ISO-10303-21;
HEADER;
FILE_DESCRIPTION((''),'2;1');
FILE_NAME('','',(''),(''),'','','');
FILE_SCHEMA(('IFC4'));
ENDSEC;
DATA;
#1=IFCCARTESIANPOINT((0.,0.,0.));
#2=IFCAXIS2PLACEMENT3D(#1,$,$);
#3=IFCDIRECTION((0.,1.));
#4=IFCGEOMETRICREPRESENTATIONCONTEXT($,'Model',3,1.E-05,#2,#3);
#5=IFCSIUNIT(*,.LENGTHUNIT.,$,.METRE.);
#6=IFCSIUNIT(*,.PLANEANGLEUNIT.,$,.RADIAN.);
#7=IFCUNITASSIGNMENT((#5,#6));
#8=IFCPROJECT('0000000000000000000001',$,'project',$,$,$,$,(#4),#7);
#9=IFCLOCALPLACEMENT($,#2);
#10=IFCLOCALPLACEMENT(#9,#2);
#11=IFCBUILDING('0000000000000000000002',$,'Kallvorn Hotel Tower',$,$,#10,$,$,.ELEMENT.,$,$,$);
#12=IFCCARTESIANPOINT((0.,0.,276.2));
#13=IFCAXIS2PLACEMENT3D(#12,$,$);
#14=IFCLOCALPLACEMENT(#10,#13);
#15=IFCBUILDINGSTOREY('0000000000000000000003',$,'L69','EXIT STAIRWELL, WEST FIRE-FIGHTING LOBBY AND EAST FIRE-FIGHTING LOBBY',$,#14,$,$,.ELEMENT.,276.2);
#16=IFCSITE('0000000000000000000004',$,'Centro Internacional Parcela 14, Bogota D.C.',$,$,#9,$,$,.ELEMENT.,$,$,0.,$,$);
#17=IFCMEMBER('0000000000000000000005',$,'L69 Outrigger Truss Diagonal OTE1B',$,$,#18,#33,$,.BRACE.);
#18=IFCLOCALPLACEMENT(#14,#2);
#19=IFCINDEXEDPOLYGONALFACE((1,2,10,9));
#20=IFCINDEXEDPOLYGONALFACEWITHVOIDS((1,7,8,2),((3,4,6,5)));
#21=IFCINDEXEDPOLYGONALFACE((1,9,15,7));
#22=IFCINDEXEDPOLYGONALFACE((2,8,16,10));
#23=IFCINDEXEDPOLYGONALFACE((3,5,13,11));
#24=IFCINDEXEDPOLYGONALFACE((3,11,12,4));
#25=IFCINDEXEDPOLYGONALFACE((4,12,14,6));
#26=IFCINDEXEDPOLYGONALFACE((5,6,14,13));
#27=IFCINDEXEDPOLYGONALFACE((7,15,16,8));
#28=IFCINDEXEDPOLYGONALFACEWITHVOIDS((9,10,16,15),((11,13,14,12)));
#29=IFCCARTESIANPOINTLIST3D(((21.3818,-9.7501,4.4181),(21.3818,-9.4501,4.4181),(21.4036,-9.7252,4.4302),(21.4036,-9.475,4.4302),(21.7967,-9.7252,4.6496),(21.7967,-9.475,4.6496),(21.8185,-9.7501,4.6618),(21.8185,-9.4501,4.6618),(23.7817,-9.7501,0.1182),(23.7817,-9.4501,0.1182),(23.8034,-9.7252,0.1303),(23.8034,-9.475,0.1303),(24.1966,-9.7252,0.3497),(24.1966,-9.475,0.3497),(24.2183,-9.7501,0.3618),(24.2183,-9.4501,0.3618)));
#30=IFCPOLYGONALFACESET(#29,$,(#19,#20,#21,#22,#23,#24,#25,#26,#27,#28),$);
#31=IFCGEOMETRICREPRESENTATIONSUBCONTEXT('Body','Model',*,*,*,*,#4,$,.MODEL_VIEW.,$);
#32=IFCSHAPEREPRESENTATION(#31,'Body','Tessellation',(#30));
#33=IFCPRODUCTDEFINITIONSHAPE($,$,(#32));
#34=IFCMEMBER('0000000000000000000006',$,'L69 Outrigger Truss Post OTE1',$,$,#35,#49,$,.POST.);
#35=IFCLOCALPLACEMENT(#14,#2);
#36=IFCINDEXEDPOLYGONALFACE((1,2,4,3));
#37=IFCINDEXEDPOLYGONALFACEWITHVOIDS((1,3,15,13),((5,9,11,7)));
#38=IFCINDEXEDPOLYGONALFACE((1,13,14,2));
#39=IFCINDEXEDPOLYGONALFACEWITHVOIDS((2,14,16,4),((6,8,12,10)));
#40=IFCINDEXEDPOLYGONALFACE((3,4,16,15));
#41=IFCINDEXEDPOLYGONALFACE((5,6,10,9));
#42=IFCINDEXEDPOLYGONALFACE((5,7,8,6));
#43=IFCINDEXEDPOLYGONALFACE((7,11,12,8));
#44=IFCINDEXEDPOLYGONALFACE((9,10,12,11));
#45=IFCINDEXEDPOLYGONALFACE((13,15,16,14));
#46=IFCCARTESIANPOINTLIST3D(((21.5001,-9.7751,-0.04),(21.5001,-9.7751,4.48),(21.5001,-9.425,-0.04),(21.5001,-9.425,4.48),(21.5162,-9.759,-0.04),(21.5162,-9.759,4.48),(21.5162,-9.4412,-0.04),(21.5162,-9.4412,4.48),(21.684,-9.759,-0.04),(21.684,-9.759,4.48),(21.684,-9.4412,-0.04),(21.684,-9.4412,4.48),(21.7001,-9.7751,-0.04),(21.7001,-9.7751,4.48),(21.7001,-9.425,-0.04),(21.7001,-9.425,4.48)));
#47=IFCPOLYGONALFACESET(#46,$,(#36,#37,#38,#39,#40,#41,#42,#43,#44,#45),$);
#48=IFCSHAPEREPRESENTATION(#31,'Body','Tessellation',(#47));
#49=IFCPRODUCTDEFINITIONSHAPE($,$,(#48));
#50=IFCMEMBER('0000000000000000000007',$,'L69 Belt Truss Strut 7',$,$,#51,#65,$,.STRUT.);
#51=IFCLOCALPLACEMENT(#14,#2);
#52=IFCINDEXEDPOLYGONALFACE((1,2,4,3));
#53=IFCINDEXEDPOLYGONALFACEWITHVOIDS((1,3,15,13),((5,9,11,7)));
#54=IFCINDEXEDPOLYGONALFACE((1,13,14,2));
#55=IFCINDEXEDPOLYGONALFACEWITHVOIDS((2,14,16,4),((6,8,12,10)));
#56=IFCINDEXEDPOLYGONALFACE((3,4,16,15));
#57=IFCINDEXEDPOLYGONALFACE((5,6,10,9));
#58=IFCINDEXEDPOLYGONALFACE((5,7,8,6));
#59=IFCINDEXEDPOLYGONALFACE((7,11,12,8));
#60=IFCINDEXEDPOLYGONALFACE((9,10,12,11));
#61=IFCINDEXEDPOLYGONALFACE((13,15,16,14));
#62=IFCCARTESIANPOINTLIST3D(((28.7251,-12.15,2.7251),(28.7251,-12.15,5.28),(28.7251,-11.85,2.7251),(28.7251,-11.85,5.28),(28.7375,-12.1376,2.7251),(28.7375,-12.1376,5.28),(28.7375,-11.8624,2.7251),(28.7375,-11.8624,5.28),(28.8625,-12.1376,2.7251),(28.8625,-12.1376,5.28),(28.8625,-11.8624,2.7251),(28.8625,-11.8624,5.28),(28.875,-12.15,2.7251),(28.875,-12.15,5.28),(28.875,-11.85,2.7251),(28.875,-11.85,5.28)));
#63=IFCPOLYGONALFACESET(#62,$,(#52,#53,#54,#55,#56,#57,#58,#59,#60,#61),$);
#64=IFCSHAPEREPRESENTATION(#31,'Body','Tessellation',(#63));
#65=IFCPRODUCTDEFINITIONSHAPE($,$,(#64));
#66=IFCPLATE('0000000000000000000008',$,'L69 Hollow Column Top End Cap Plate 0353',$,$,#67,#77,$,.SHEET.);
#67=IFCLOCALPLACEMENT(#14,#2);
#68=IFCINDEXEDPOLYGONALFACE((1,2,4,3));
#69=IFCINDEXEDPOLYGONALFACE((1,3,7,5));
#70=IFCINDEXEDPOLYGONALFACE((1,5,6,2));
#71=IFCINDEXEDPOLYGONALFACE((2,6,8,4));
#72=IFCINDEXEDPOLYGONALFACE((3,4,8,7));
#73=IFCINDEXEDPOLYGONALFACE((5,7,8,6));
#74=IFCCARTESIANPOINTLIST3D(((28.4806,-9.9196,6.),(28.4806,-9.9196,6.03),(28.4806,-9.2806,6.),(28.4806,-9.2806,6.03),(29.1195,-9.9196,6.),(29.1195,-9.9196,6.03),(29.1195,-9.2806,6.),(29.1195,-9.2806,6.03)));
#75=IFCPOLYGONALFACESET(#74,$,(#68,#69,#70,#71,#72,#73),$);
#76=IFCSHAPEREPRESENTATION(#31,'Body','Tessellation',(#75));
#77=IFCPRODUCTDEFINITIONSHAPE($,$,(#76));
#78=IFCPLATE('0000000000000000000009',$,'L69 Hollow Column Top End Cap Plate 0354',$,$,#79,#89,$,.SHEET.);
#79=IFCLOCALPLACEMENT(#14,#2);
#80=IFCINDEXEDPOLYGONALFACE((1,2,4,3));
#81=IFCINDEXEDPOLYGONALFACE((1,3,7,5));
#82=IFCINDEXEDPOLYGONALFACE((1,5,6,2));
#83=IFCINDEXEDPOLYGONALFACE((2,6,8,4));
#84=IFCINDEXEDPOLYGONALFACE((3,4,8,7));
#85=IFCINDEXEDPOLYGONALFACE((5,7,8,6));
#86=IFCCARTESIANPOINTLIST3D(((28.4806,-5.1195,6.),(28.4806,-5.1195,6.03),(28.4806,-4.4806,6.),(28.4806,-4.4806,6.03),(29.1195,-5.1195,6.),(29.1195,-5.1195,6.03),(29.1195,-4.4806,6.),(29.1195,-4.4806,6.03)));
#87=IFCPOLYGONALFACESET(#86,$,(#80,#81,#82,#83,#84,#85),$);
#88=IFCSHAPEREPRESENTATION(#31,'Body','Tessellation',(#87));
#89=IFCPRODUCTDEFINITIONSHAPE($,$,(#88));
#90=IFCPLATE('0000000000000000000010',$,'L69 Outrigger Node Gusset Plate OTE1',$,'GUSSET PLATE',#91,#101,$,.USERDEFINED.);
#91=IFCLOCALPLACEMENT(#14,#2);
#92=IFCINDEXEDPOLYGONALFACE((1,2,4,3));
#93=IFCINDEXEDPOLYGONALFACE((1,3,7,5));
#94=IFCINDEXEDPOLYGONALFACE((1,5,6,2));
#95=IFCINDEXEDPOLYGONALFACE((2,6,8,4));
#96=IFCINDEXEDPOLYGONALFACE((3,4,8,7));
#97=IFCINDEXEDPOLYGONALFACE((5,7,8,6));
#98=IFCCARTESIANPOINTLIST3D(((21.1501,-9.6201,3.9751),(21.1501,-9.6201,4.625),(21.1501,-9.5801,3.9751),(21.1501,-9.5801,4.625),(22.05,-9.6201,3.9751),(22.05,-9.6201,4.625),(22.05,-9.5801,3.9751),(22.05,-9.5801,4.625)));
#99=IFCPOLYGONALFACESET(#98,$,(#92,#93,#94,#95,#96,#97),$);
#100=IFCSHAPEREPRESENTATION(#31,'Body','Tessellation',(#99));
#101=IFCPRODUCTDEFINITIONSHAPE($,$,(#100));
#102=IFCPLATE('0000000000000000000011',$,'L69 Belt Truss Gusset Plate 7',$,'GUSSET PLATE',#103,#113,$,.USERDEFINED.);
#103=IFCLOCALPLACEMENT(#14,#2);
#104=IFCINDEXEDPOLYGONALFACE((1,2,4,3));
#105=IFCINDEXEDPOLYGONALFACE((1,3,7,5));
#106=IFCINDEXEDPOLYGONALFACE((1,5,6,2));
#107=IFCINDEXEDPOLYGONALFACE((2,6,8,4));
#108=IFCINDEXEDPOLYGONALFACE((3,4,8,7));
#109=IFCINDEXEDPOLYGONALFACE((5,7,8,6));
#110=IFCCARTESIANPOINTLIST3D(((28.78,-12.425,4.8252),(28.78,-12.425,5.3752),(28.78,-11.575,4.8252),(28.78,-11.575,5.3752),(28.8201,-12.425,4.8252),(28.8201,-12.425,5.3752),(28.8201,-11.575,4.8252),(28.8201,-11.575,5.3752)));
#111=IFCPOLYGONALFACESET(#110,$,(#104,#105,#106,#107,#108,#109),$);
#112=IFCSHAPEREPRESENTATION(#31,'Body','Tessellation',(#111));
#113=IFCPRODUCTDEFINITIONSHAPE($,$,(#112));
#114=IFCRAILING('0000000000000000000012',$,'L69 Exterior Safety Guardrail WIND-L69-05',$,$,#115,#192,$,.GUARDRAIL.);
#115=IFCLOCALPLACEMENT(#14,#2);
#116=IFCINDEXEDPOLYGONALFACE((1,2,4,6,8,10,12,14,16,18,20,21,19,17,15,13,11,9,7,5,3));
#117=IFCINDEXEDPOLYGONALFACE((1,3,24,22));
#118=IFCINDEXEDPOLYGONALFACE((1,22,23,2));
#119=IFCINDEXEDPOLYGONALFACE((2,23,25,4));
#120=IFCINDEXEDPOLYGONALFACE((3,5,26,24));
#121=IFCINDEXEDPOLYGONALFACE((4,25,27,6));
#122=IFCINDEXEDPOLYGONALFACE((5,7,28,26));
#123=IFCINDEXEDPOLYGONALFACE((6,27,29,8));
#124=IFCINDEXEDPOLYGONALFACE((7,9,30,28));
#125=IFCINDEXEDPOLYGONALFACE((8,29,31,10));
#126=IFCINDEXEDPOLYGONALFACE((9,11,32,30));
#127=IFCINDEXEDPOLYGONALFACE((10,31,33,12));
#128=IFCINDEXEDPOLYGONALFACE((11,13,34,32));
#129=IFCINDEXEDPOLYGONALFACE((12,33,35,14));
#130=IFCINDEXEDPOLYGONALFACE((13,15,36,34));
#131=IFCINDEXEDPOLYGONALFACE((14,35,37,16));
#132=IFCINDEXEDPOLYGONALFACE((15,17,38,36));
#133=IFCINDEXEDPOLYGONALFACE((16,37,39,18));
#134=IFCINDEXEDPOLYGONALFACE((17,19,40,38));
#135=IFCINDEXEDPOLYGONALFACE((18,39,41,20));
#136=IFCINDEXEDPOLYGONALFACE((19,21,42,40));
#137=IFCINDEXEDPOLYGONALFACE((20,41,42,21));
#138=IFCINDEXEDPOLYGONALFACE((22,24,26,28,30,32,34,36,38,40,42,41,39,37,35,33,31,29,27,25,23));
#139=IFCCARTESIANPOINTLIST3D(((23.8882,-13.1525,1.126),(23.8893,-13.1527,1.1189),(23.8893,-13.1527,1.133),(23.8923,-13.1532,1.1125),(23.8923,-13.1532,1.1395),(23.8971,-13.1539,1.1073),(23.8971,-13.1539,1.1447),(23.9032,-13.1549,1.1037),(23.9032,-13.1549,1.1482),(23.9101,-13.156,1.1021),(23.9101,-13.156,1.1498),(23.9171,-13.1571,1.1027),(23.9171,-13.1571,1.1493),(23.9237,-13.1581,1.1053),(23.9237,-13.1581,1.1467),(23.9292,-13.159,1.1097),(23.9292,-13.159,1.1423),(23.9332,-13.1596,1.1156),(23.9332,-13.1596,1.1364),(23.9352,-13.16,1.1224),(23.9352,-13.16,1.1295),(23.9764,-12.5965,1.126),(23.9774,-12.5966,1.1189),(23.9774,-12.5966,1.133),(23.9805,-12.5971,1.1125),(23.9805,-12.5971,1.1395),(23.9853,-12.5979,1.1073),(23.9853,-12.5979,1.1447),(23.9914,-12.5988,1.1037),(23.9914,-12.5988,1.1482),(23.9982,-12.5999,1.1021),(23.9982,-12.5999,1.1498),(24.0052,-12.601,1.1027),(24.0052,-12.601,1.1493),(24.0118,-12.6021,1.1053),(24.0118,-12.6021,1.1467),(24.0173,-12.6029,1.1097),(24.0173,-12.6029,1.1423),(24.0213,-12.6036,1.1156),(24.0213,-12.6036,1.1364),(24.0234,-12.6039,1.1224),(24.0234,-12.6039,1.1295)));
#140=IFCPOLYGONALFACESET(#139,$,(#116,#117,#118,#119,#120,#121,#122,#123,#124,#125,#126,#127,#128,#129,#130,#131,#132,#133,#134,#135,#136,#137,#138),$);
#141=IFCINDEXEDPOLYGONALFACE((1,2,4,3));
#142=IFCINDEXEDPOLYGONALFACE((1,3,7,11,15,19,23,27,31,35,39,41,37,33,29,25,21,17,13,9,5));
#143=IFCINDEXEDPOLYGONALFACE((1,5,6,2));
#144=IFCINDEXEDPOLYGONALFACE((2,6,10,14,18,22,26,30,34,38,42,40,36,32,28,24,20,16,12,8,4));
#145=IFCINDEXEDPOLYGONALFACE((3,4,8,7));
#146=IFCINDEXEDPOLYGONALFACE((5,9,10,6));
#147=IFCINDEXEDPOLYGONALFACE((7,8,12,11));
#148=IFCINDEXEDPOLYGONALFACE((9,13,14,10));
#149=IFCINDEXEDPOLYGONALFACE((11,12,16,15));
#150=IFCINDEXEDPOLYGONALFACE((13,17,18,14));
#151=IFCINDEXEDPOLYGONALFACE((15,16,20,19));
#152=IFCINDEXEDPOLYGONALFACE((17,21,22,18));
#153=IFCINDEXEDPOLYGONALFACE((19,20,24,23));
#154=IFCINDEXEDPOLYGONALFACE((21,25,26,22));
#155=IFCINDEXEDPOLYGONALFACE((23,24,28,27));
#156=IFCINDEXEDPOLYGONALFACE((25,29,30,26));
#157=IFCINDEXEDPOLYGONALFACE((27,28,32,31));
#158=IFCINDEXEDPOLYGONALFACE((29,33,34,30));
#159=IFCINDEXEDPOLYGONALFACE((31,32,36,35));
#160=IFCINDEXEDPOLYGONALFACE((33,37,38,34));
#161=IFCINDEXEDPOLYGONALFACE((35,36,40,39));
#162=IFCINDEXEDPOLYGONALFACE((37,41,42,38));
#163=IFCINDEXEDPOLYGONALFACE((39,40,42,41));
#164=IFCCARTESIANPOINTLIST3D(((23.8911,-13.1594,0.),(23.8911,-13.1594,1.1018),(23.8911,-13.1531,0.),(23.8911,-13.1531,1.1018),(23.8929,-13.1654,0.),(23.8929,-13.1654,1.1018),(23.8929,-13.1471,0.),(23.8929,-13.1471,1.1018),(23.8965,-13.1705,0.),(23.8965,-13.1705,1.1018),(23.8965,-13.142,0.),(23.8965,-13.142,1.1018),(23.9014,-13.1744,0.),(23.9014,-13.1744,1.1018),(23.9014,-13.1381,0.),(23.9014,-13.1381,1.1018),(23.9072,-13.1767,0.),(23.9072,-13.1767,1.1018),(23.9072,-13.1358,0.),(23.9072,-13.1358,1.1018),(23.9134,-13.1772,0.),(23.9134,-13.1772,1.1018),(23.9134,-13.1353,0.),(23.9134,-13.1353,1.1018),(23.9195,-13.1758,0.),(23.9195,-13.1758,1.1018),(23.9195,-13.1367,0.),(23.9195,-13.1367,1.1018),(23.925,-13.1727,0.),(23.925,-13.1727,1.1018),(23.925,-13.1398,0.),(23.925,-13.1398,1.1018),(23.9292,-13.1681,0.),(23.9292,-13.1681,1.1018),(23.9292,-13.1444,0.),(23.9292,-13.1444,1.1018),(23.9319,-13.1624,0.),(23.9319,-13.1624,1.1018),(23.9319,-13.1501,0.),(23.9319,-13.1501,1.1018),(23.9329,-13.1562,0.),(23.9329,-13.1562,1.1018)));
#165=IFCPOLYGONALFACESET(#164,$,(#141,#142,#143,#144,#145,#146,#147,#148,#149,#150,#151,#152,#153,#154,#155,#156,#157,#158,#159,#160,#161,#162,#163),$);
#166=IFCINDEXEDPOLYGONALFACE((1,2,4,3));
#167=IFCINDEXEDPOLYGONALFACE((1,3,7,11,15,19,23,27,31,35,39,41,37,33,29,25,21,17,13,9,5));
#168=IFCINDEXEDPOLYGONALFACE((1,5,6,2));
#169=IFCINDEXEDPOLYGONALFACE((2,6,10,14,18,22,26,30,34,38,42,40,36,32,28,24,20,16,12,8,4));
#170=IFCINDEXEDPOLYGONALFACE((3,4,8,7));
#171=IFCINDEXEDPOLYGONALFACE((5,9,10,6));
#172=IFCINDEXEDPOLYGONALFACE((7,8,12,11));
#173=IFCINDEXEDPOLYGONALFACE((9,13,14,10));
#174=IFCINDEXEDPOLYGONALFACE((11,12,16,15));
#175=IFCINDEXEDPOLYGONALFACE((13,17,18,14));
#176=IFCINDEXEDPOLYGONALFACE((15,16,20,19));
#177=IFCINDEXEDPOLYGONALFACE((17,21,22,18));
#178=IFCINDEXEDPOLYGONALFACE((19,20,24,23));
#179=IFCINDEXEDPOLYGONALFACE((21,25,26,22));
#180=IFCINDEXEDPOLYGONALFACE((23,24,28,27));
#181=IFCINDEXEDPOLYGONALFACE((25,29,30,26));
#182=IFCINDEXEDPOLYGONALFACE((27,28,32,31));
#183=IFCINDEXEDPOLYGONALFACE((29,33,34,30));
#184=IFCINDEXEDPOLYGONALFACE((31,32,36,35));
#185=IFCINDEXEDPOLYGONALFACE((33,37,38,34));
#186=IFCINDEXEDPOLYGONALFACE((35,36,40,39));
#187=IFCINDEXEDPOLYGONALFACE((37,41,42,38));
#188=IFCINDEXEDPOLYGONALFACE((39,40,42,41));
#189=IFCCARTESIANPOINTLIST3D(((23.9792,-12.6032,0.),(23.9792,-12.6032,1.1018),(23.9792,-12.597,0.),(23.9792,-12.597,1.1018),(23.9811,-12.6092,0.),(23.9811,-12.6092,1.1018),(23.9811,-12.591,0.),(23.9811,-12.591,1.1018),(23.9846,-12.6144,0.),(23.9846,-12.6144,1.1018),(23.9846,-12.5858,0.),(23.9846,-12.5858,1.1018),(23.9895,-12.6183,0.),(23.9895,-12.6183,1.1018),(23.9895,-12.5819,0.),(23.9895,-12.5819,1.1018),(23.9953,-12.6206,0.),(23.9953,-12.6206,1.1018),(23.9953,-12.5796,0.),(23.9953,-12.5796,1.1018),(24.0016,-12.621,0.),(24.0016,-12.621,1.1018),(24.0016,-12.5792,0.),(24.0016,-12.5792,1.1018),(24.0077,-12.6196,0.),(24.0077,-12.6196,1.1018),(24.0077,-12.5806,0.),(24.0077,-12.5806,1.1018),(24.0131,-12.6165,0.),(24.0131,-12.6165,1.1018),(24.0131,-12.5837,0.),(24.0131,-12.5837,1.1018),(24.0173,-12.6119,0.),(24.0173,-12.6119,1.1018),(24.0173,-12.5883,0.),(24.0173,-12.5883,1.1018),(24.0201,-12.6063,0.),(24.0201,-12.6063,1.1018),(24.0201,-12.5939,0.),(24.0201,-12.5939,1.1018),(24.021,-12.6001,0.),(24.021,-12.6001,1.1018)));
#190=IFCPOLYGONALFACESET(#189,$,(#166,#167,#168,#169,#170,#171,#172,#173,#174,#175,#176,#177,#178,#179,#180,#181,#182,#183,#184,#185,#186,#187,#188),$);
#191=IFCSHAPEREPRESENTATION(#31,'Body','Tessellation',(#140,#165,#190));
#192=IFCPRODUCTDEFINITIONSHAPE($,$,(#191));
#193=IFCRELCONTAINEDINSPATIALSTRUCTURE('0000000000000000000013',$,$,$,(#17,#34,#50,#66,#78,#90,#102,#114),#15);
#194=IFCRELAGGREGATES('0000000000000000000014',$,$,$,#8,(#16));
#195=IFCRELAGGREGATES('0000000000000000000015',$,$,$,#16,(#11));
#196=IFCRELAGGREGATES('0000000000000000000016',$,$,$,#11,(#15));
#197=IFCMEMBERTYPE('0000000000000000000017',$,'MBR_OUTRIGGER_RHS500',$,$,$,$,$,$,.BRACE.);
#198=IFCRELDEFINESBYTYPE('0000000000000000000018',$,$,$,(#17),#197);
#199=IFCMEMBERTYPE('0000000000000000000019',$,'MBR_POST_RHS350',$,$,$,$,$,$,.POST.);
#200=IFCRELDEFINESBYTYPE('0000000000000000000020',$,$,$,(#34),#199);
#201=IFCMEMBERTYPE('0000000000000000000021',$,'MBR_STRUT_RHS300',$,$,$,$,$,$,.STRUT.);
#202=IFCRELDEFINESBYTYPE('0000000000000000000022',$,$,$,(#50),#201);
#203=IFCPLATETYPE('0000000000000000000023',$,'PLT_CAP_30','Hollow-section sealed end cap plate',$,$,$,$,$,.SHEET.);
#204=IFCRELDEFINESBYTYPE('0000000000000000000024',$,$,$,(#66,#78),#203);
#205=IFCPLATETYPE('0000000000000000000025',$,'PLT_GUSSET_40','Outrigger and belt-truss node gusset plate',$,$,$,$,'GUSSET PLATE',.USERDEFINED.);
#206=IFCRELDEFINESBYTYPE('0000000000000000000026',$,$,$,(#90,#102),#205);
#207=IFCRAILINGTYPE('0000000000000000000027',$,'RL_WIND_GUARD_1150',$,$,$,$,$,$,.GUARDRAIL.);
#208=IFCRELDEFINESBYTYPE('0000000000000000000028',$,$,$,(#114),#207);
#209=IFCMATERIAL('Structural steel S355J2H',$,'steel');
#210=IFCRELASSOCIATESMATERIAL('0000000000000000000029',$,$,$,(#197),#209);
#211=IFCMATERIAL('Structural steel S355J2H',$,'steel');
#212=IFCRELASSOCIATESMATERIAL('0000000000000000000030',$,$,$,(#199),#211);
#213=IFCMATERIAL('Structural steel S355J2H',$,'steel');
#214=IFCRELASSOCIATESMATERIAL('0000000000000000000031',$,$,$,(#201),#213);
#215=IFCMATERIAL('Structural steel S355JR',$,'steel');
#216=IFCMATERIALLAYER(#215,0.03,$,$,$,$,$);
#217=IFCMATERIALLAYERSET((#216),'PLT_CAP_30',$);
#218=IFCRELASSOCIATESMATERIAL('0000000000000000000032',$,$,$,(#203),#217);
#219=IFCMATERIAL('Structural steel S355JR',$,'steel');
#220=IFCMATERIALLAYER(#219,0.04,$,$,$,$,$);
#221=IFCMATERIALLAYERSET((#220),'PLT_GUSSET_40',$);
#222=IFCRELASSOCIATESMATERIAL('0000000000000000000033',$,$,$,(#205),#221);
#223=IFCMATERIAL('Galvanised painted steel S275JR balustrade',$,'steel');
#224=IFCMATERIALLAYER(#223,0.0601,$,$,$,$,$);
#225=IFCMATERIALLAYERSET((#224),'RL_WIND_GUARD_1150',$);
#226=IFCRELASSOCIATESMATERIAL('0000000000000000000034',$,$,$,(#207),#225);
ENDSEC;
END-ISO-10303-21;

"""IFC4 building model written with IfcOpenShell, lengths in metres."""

from ifc_helpers import new_model, si_unit, direction, frame, origin, origin_2d, place, context, subcontext, project, spatial, rectangle, hollow_rectangle, circle, extrude, material, layer, layer_set, material_profile, profile_set, type_object, element, save


model = new_model("IFC4")

# Units and contexts
model_context = context("Model", 3, precision=1e-05, world=origin(), true_north=direction((0.0, 1.0)))
body_context = subcontext(model_context, "Body", "Model", "MODEL_VIEW")
ifc_project = project(units=[si_unit("LENGTHUNIT", "METRE"), si_unit("PLANEANGLEUNIT", "RADIAN")], contexts=[model_context])

# Site, building, storey
site_placement = place(None, origin())
site = spatial("IfcSite", under=ifc_project, at=site_placement, Name="Centro Internacional Parcela 14, Bogota D.C.", CompositionType="ELEMENT", RefElevation=0.0)
building_placement = place(site_placement, origin())
building = spatial("IfcBuilding", under=site, at=building_placement, Name="Kallvorn Hotel Tower", CompositionType="ELEMENT")
storey_placement = place(building_placement, frame((0.0, 0.0, 276.2)))
storey = spatial("IfcBuildingStorey", under=building, at=storey_placement, Name="L69", Description="EXIT STAIRWELL, WEST FIRE-FIGHTING LOBBY AND EAST FIRE-FIGHTING LOBBY", CompositionType="ELEMENT", Elevation=276.2)

# Members
ifc_material_1 = material(Name="Structural steel S355J2H", Category="steel")
ifc_material_profile_1 = material_profile(ifc_material_1, hollow_rectangle(XDim=0.3, YDim=0.5, WallThickness=0.0249, at=origin_2d()), Name="RHS 500x300x25")
ifc_profile_set_1 = profile_set([ifc_material_profile_1], Name="Structural steel S355J2H")
member_type_1 = type_object("IfcMemberType", Name="MBR_OUTRIGGER_RHS500", PredefinedType="BRACE", material=ifc_profile_set_1)
member_1_placement = place(storey_placement, frame((24.0, -9.6001, 0.24), z_axis=(-0.487347, 0.0, 0.873208), x_axis=(0.0, -1.0, 0.0)))
element("IfcMember", 1, at=member_1_placement, inside=storey, type_object=member_type_1, Name="L69 Outrigger Truss Diagonal OTE1B", PredefinedType="BRACE", context=body_context, shape_type="SweptSolid", body=[
    extrude(hollow_rectangle(XDim=0.3, YDim=0.5, WallThickness=0.0249, at=origin_2d()), origin(), (0.0, 0.0, 1.0), 4.9243),
])
ifc_material_2 = material(Name="Structural steel S355J2H", Category="steel")
ifc_material_profile_2 = material_profile(ifc_material_2, hollow_rectangle(XDim=0.2, YDim=0.3501, WallThickness=0.0161, at=origin_2d()), Name="RHS 350x200x16")
ifc_profile_set_2 = profile_set([ifc_material_profile_2], Name="Structural steel S355J2H")
member_type_2 = type_object("IfcMemberType", Name="MBR_POST_RHS350", PredefinedType="POST", material=ifc_profile_set_2)
member_2_placement = place(storey_placement, frame((21.6001, -9.6001, -0.04), z_axis=(0.0, 0.0, 1.0), x_axis=(1.0, 0.0, 0.0)))
element("IfcMember", 2, at=member_2_placement, inside=storey, type_object=member_type_2, Name="L69 Outrigger Truss Post OTE1", PredefinedType="POST", context=body_context, shape_type="SweptSolid", body=[
    extrude(hollow_rectangle(XDim=0.2, YDim=0.3501, WallThickness=0.0161, at=origin_2d()), origin(), (0.0, 0.0, 1.0), 4.52),
])
ifc_material_3 = material(Name="Structural steel S355J2H", Category="steel")
ifc_material_profile_3 = material_profile(ifc_material_3, hollow_rectangle(XDim=0.1499, YDim=0.3, WallThickness=0.0125, at=origin_2d()), Name="RHS 300x150x12.5")
ifc_profile_set_3 = profile_set([ifc_material_profile_3], Name="Structural steel S355J2H")
member_type_3 = type_object("IfcMemberType", Name="MBR_STRUT_RHS300", PredefinedType="STRUT", material=ifc_profile_set_3)
member_3_placement = place(storey_placement, frame((28.8, -12.0, 2.7251), z_axis=(0.0, 0.0, 1.0), x_axis=(1.0, 0.0, 0.0)))
element("IfcMember", 3, at=member_3_placement, inside=storey, type_object=member_type_3, Name="L69 Belt Truss Strut 7", PredefinedType="STRUT", context=body_context, shape_type="SweptSolid", body=[
    extrude(hollow_rectangle(XDim=0.1499, YDim=0.3, WallThickness=0.0125, at=origin_2d()), origin(), (0.0, 0.0, 1.0), 2.5549),
])

# Plates
ifc_material_4 = material(Name="Structural steel S355JR", Category="steel")
ifc_layer_1 = layer(ifc_material_4, 0.03)
ifc_layer_set_1 = layer_set([ifc_layer_1], Name="PLT_CAP_30")
plate_type_1 = type_object("IfcPlateType", Name="PLT_CAP_30", Description="Hollow-section sealed end cap plate", PredefinedType="SHEET", material=ifc_layer_set_1)
for number, where, z_axis, x_axis, name in (
    (4, (28.8, -9.6001, 6.0), (0.0, 0.0, 1.0), (1.0, 0.0, 0.0), "L69 Hollow Column Top End Cap Plate 0353"),
    (5, (28.8, -4.8, 6.0), (0.0, 0.0, 1.0), (1.0, 0.0, 0.0), "L69 Hollow Column Top End Cap Plate 0354"),
):
    element("IfcPlate", number, at=place(storey_placement, frame(where, z_axis=z_axis, x_axis=x_axis)), inside=storey, type_object=plate_type_1, Name=name, PredefinedType="SHEET", context=body_context, shape_type="SweptSolid", body=[
        extrude(rectangle(XDim=0.6389, YDim=0.6389, at=origin_2d()), origin(), (0.0, 0.0, 1.0), 0.03),
    ])
ifc_material_5 = material(Name="Structural steel S355JR", Category="steel")
ifc_layer_2 = layer(ifc_material_5, 0.04)
ifc_layer_set_2 = layer_set([ifc_layer_2], Name="PLT_GUSSET_40")
plate_type_2 = type_object("IfcPlateType", Name="PLT_GUSSET_40", Description="Outrigger and belt-truss node gusset plate", ElementType="GUSSET PLATE", PredefinedType="USERDEFINED", material=ifc_layer_set_2)
plate_1_placement = place(storey_placement, frame((21.6001, -9.6001, 3.9751), z_axis=(0.0, 0.0, 1.0), x_axis=(1.0, 0.0, 0.0)))
element("IfcPlate", 6, at=plate_1_placement, inside=storey, type_object=plate_type_2, Name="L69 Outrigger Node Gusset Plate OTE1", ObjectType="GUSSET PLATE", PredefinedType="USERDEFINED", context=body_context, shape_type="SweptSolid", body=[
    extrude(rectangle(XDim=0.8999, YDim=0.04, at=origin_2d()), origin(), (0.0, 0.0, 1.0), 0.6499),
])
plate_2_placement = place(storey_placement, frame((28.8, -12.0, 4.8252), z_axis=(0.0, 0.0, 1.0), x_axis=(0.0, 1.0, 0.0)))
element("IfcPlate", 7, at=plate_2_placement, inside=storey, type_object=plate_type_2, Name="L69 Belt Truss Gusset Plate 7", ObjectType="GUSSET PLATE", PredefinedType="USERDEFINED", context=body_context, shape_type="SweptSolid", body=[
    extrude(rectangle(XDim=0.8501, YDim=0.04, at=origin_2d()), origin(), (0.0, 0.0, 1.0), 0.55),
])

# Railing
ifc_material_6 = material(Name="Galvanised painted steel S275JR balustrade", Category="steel")
ifc_layer_3 = layer(ifc_material_6, 0.0601)
ifc_layer_set_3 = layer_set([ifc_layer_3], Name="RL_WIND_GUARD_1150")
railing_type = type_object("IfcRailingType", Name="RL_WIND_GUARD_1150", PredefinedType="GUARDRAIL", material=ifc_layer_set_3)
railing_1_placement = place(storey_placement, frame((23.9119, -13.1562, 0.0)))
element("IfcRailing", 8, at=railing_1_placement, inside=storey, type_object=railing_type, Name="L69 Exterior Safety Guardrail WIND-L69-05", PredefinedType="GUARDRAIL", context=body_context, shape_type="SweptSolid", body=[
    extrude(circle(Radius=0.0239, at=origin_2d()), frame((0.0, 0.0, 1.126), z_axis=(0.156519, 0.987675, 0.0), x_axis=(-0.987675, 0.156519, 0.0)), (0.0, 0.0, 1.0), 0.563),
    extrude(circle(Radius=0.021, at=origin_2d()), origin(), (0.0, 0.0, 1.0), 1.1018),
    extrude(circle(Radius=0.021, at=origin_2d()), frame((0.0881, 0.5562, 0.0)), (0.0, 0.0, 1.0), 1.1018),
])

save(model, "model.ifc")
